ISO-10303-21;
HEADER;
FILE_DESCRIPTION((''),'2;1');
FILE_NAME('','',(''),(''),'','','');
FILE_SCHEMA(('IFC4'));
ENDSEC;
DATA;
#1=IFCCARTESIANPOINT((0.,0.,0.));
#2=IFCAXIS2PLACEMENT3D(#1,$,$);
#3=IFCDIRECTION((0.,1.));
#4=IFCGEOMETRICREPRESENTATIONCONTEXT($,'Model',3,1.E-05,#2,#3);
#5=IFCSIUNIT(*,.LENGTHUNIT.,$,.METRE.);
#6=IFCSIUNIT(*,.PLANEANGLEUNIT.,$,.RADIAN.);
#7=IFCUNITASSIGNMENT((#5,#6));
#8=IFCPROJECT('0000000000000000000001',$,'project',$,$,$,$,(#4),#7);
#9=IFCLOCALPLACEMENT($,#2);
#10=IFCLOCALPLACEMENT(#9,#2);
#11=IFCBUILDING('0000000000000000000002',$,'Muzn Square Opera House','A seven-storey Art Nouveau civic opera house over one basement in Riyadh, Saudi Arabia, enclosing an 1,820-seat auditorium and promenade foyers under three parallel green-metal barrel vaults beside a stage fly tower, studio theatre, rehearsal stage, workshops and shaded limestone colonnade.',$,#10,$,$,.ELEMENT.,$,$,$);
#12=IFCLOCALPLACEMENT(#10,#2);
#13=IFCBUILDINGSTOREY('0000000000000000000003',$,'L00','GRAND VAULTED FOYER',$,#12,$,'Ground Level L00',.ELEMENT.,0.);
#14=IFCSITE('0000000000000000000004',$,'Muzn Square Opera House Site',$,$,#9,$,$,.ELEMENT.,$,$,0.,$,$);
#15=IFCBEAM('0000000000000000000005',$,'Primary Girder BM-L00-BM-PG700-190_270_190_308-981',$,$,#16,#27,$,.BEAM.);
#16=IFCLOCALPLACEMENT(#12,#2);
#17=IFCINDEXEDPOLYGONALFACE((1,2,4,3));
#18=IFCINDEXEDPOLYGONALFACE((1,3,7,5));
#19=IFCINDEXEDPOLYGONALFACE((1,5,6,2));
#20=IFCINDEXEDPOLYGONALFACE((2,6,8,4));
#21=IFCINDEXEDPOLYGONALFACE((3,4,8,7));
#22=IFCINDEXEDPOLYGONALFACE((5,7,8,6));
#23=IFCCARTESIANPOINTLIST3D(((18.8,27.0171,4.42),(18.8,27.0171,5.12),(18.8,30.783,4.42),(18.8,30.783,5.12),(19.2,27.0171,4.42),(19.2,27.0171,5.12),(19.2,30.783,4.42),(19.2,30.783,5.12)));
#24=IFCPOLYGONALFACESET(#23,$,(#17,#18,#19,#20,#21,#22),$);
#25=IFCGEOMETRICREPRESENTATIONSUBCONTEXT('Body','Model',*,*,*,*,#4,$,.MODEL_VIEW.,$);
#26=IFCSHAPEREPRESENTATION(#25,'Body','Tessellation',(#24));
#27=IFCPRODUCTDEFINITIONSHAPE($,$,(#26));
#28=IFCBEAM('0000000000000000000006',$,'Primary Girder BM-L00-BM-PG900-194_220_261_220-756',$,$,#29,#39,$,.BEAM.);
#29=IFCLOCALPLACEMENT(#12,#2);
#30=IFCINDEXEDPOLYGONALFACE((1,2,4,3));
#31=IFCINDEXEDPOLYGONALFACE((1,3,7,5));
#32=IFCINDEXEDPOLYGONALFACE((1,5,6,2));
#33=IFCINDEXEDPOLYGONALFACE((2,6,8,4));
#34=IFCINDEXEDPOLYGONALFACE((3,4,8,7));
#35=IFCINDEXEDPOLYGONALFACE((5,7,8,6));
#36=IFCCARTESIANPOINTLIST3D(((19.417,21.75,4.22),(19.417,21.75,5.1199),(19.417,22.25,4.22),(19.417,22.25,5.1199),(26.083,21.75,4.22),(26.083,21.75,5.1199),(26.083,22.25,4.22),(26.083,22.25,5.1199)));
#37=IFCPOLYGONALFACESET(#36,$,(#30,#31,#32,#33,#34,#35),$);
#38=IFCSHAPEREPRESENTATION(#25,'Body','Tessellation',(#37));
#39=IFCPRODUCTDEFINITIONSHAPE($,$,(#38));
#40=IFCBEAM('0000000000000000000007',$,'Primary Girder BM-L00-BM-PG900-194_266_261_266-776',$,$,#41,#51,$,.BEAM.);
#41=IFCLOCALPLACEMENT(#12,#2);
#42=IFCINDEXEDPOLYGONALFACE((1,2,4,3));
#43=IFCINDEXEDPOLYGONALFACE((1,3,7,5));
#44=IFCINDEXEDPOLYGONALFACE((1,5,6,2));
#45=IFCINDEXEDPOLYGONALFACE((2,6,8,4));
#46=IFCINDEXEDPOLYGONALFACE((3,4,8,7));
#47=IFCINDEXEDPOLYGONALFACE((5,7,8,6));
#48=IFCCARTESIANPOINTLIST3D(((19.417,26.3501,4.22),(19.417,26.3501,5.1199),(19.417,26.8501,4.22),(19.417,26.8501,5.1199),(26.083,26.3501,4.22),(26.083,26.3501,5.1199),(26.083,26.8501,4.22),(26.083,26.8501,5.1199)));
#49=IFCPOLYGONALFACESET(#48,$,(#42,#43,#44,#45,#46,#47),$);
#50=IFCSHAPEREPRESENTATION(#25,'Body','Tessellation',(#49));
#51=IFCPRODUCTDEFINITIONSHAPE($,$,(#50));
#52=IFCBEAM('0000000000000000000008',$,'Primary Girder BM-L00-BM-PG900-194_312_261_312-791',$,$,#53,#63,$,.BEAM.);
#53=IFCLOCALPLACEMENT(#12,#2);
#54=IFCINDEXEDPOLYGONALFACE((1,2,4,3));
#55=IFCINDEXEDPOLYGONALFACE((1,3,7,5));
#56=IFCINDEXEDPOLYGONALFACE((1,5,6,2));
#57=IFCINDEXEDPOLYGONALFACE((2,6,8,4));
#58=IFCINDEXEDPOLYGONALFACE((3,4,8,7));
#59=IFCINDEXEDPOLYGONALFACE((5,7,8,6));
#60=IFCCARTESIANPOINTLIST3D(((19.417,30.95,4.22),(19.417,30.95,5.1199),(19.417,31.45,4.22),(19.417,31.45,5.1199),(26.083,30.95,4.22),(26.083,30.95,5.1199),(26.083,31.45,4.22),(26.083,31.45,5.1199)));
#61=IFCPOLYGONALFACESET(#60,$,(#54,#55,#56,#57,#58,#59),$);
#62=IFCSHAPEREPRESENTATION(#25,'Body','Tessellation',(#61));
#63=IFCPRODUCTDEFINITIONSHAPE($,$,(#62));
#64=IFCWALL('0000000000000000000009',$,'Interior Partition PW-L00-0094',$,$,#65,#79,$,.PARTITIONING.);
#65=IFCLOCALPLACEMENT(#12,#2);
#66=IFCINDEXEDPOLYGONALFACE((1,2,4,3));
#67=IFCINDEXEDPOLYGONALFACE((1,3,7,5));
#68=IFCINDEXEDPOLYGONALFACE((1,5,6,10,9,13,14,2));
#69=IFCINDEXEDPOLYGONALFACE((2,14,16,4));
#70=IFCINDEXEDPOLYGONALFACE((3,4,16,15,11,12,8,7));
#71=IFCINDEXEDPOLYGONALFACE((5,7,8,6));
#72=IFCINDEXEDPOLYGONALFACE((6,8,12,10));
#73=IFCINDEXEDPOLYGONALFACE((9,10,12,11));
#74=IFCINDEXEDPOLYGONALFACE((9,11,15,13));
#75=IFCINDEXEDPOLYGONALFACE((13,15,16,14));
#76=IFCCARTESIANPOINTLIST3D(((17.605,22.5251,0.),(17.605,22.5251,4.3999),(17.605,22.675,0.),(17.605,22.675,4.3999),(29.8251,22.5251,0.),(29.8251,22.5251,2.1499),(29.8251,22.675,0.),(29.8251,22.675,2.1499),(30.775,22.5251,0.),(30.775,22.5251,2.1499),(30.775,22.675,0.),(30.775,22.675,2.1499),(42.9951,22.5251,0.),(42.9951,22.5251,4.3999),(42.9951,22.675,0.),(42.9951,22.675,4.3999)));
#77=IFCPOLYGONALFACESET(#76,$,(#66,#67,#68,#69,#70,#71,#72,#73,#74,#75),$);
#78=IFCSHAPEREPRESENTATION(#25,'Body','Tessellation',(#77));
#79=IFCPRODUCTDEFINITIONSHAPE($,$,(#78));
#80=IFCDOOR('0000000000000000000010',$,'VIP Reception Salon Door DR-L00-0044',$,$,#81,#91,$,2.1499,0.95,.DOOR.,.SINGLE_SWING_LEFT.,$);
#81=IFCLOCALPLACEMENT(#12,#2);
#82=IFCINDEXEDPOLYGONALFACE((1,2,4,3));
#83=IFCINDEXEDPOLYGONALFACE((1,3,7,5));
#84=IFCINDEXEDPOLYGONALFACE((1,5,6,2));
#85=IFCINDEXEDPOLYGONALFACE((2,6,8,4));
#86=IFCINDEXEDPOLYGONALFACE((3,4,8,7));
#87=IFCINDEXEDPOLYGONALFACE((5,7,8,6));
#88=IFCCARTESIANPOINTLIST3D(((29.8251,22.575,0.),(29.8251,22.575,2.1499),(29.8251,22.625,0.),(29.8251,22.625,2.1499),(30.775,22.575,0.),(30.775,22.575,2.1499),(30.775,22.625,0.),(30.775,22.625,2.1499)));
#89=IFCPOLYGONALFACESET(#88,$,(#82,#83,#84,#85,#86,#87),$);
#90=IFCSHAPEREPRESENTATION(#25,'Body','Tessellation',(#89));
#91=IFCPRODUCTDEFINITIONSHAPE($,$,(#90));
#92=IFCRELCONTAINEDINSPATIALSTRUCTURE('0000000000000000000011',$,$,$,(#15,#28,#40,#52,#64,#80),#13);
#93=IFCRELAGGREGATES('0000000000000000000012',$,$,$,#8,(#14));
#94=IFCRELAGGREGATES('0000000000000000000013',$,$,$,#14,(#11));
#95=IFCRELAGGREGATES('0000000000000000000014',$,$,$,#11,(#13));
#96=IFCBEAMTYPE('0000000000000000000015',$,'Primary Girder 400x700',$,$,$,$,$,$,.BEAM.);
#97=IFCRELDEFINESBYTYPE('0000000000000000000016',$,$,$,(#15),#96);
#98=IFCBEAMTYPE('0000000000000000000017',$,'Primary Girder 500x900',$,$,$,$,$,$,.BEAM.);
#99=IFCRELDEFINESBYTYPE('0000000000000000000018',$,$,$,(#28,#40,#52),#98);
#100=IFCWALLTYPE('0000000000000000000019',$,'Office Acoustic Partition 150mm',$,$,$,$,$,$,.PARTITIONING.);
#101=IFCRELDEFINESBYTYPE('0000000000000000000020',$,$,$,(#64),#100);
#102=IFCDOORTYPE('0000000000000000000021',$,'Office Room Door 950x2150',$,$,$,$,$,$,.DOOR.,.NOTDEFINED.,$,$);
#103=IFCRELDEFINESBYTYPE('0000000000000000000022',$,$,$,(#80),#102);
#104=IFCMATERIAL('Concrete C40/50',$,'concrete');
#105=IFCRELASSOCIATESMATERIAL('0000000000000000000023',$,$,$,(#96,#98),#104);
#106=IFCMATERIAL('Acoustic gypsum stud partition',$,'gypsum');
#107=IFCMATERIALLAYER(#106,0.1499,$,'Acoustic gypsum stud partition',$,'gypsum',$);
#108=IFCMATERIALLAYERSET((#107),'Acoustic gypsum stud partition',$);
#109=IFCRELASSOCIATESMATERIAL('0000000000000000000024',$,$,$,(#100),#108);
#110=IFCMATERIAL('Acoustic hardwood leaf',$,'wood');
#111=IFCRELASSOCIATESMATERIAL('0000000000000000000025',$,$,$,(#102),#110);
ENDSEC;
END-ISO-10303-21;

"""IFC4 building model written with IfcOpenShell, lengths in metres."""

from ifc_helpers import new_model, si_unit, direction, frame, frame_2d, origin, origin_2d, place, context, subcontext, project, spatial, rectangle, extrude, material, layer, layer_set, material_profile, profile_set, type_object, element, fill, save


model = new_model("IFC4")

# Units and contexts
model_context = context("Model", 3, precision=1e-05, world=origin(), true_north=direction((0.0, 1.0)))
body_context = subcontext(model_context, "Body", "Model", "MODEL_VIEW")
ifc_project = project(units=[si_unit("LENGTHUNIT", "METRE"), si_unit("PLANEANGLEUNIT", "RADIAN")], contexts=[model_context])

# Site, building, storey
site_placement = place(None, origin())
site = spatial("IfcSite", under=ifc_project, at=site_placement, Name="Muzn Square Opera House Site", CompositionType="ELEMENT", RefElevation=0.0)
building_placement = place(site_placement, origin())
building = spatial("IfcBuilding", under=site, at=building_placement, Name="Muzn Square Opera House", Description="A seven-storey Art Nouveau civic opera house over one basement in Riyadh, Saudi Arabia, enclosing an 1,820-seat auditorium and promenade foyers under three parallel green-metal barrel vaults beside a stage fly tower, studio theatre, rehearsal stage, workshops and shaded limestone colonnade.", CompositionType="ELEMENT")
storey_placement = place(building_placement, origin())
storey = spatial("IfcBuildingStorey", under=building, at=storey_placement, Name="L00", Description="GRAND VAULTED FOYER", LongName="Ground Level L00", CompositionType="ELEMENT", Elevation=0.0)

# Beams
ifc_material_1 = material(Name="Concrete C40/50", Category="concrete")
ifc_material_profile_1 = material_profile(ifc_material_1, rectangle(XDim=0.3999, YDim=0.7, at=origin_2d()), Name="RCB 400x700", Category="concrete")
ifc_profile_set_1 = profile_set([ifc_material_profile_1], Name="Concrete C40/50")
beam_type_1 = type_object("IfcBeamType", Name="Primary Girder 400x700", PredefinedType="BEAM", material=ifc_profile_set_1)
beam_1_placement = place(storey_placement, frame((19.0, 27.0171, 4.77), z_axis=(0.0, 1.0, 0.0), x_axis=(-1.0, 0.0, 0.0)))
element("IfcBeam", 1, at=beam_1_placement, inside=storey, type_object=beam_type_1, Name="Primary Girder BM-L00-BM-PG700-190_270_190_308-981", PredefinedType="BEAM", context=body_context, shape_type="SweptSolid", body=[
    extrude(rectangle(XDim=0.3999, YDim=0.7, at=origin_2d()), origin(), (0.0, 0.0, 1.0), 3.7659),
])
ifc_material_profile_2 = material_profile(ifc_material_1, rectangle(XDim=0.5, YDim=0.8999, at=origin_2d()), Name="RCB 500x900", Category="concrete")
ifc_profile_set_2 = profile_set([ifc_material_profile_2], Name="Concrete C40/50")
beam_type_2 = type_object("IfcBeamType", Name="Primary Girder 500x900", PredefinedType="BEAM", material=ifc_profile_set_2)
for number, where, z_axis, x_axis, name in (
    (2, (19.417, 22.0, 4.6699), (1.0, 0.0, 0.0), (0.0, 1.0, 0.0), "Primary Girder BM-L00-BM-PG900-194_220_261_220-756"),
    (3, (19.417, 26.6001, 4.6699), (1.0, 0.0, 0.0), (0.0, 1.0, 0.0), "Primary Girder BM-L00-BM-PG900-194_266_261_266-776"),
    (4, (19.417, 31.2, 4.6699), (1.0, 0.0, 0.0), (0.0, 1.0, 0.0), "Primary Girder BM-L00-BM-PG900-194_312_261_312-791"),
):
    element("IfcBeam", number, at=place(storey_placement, frame(where, z_axis=z_axis, x_axis=x_axis)), inside=storey, type_object=beam_type_2, Name=name, PredefinedType="BEAM", context=body_context, shape_type="SweptSolid", body=[
        extrude(rectangle(XDim=0.5, YDim=0.8999, at=origin_2d()), origin(), (0.0, 0.0, 1.0), 6.666),
    ])

# Wall, opening, door
ifc_material_2 = material(Name="Acoustic gypsum stud partition", Category="gypsum")
ifc_layer_1 = layer(ifc_material_2, 0.1499, Name="Acoustic gypsum stud partition", Category="gypsum")
ifc_layer_set_1 = layer_set([ifc_layer_1], Name="Acoustic gypsum stud partition")
wall_type_1 = type_object("IfcWallType", Name="Office Acoustic Partition 150mm", PredefinedType="PARTITIONING", material=ifc_layer_set_1)
wall_1_placement = place(storey_placement, frame((17.605, 22.6001, 0.0), z_axis=(0.0, 0.0, 1.0), x_axis=(1.0, 0.0, 0.0)))
wall_1 = element("IfcWall", 5, at=wall_1_placement, inside=storey, type_object=wall_type_1, Name="Interior Partition PW-L00-0094", PredefinedType="PARTITIONING", context=body_context, shape_type="SweptSolid", body=[
    extrude(rectangle(XDim=25.3901, YDim=0.1499, at=frame_2d((12.6951, 0.0))), origin(), (0.0, 0.0, 1.0), 4.3999),
])
opening_1_placement = place(wall_1_placement, frame((12.22, 0.0, 0.0)))
opening_1 = element("IfcOpeningElement", 6, at=opening_1_placement, cuts=wall_1, PredefinedType="OPENING", context=body_context, shape_type="SweptSolid", body=[
    extrude(rectangle(XDim=0.95, YDim=2.1499, at=frame_2d((0.4751, 1.075))), frame((0.0, 0.085, 0.0), z_axis=(0.0, -1.0, 0.0), x_axis=(1.0, 0.0, 0.0)), (0.0, 0.0, 1.0), 0.1699),
])
ifc_material_3 = material(Name="Acoustic hardwood leaf", Category="wood")
door_type_1 = type_object("IfcDoorType", Name="Office Room Door 950x2150", OperationType="NOTDEFINED", PredefinedType="DOOR", material=ifc_material_3)
door_1_placement = place(opening_1_placement, origin())
door_1 = element("IfcDoor", 7, at=door_1_placement, inside=storey, type_object=door_type_1, Name="VIP Reception Salon Door DR-L00-0044", OperationType="SINGLE_SWING_LEFT", OverallHeight=2.1499, OverallWidth=0.95, PredefinedType="DOOR", context=body_context, shape_type="SweptSolid", body=[
    extrude(rectangle(XDim=0.95, YDim=2.1499, at=frame_2d((0.4751, 1.075))), frame((0.0, 0.0249, 0.0), z_axis=(0.0, -1.0, 0.0), x_axis=(1.0, 0.0, 0.0)), (0.0, 0.0, 1.0), 0.05),
])
fill(opening_1, door_1)

save(model, "model.ifc")
